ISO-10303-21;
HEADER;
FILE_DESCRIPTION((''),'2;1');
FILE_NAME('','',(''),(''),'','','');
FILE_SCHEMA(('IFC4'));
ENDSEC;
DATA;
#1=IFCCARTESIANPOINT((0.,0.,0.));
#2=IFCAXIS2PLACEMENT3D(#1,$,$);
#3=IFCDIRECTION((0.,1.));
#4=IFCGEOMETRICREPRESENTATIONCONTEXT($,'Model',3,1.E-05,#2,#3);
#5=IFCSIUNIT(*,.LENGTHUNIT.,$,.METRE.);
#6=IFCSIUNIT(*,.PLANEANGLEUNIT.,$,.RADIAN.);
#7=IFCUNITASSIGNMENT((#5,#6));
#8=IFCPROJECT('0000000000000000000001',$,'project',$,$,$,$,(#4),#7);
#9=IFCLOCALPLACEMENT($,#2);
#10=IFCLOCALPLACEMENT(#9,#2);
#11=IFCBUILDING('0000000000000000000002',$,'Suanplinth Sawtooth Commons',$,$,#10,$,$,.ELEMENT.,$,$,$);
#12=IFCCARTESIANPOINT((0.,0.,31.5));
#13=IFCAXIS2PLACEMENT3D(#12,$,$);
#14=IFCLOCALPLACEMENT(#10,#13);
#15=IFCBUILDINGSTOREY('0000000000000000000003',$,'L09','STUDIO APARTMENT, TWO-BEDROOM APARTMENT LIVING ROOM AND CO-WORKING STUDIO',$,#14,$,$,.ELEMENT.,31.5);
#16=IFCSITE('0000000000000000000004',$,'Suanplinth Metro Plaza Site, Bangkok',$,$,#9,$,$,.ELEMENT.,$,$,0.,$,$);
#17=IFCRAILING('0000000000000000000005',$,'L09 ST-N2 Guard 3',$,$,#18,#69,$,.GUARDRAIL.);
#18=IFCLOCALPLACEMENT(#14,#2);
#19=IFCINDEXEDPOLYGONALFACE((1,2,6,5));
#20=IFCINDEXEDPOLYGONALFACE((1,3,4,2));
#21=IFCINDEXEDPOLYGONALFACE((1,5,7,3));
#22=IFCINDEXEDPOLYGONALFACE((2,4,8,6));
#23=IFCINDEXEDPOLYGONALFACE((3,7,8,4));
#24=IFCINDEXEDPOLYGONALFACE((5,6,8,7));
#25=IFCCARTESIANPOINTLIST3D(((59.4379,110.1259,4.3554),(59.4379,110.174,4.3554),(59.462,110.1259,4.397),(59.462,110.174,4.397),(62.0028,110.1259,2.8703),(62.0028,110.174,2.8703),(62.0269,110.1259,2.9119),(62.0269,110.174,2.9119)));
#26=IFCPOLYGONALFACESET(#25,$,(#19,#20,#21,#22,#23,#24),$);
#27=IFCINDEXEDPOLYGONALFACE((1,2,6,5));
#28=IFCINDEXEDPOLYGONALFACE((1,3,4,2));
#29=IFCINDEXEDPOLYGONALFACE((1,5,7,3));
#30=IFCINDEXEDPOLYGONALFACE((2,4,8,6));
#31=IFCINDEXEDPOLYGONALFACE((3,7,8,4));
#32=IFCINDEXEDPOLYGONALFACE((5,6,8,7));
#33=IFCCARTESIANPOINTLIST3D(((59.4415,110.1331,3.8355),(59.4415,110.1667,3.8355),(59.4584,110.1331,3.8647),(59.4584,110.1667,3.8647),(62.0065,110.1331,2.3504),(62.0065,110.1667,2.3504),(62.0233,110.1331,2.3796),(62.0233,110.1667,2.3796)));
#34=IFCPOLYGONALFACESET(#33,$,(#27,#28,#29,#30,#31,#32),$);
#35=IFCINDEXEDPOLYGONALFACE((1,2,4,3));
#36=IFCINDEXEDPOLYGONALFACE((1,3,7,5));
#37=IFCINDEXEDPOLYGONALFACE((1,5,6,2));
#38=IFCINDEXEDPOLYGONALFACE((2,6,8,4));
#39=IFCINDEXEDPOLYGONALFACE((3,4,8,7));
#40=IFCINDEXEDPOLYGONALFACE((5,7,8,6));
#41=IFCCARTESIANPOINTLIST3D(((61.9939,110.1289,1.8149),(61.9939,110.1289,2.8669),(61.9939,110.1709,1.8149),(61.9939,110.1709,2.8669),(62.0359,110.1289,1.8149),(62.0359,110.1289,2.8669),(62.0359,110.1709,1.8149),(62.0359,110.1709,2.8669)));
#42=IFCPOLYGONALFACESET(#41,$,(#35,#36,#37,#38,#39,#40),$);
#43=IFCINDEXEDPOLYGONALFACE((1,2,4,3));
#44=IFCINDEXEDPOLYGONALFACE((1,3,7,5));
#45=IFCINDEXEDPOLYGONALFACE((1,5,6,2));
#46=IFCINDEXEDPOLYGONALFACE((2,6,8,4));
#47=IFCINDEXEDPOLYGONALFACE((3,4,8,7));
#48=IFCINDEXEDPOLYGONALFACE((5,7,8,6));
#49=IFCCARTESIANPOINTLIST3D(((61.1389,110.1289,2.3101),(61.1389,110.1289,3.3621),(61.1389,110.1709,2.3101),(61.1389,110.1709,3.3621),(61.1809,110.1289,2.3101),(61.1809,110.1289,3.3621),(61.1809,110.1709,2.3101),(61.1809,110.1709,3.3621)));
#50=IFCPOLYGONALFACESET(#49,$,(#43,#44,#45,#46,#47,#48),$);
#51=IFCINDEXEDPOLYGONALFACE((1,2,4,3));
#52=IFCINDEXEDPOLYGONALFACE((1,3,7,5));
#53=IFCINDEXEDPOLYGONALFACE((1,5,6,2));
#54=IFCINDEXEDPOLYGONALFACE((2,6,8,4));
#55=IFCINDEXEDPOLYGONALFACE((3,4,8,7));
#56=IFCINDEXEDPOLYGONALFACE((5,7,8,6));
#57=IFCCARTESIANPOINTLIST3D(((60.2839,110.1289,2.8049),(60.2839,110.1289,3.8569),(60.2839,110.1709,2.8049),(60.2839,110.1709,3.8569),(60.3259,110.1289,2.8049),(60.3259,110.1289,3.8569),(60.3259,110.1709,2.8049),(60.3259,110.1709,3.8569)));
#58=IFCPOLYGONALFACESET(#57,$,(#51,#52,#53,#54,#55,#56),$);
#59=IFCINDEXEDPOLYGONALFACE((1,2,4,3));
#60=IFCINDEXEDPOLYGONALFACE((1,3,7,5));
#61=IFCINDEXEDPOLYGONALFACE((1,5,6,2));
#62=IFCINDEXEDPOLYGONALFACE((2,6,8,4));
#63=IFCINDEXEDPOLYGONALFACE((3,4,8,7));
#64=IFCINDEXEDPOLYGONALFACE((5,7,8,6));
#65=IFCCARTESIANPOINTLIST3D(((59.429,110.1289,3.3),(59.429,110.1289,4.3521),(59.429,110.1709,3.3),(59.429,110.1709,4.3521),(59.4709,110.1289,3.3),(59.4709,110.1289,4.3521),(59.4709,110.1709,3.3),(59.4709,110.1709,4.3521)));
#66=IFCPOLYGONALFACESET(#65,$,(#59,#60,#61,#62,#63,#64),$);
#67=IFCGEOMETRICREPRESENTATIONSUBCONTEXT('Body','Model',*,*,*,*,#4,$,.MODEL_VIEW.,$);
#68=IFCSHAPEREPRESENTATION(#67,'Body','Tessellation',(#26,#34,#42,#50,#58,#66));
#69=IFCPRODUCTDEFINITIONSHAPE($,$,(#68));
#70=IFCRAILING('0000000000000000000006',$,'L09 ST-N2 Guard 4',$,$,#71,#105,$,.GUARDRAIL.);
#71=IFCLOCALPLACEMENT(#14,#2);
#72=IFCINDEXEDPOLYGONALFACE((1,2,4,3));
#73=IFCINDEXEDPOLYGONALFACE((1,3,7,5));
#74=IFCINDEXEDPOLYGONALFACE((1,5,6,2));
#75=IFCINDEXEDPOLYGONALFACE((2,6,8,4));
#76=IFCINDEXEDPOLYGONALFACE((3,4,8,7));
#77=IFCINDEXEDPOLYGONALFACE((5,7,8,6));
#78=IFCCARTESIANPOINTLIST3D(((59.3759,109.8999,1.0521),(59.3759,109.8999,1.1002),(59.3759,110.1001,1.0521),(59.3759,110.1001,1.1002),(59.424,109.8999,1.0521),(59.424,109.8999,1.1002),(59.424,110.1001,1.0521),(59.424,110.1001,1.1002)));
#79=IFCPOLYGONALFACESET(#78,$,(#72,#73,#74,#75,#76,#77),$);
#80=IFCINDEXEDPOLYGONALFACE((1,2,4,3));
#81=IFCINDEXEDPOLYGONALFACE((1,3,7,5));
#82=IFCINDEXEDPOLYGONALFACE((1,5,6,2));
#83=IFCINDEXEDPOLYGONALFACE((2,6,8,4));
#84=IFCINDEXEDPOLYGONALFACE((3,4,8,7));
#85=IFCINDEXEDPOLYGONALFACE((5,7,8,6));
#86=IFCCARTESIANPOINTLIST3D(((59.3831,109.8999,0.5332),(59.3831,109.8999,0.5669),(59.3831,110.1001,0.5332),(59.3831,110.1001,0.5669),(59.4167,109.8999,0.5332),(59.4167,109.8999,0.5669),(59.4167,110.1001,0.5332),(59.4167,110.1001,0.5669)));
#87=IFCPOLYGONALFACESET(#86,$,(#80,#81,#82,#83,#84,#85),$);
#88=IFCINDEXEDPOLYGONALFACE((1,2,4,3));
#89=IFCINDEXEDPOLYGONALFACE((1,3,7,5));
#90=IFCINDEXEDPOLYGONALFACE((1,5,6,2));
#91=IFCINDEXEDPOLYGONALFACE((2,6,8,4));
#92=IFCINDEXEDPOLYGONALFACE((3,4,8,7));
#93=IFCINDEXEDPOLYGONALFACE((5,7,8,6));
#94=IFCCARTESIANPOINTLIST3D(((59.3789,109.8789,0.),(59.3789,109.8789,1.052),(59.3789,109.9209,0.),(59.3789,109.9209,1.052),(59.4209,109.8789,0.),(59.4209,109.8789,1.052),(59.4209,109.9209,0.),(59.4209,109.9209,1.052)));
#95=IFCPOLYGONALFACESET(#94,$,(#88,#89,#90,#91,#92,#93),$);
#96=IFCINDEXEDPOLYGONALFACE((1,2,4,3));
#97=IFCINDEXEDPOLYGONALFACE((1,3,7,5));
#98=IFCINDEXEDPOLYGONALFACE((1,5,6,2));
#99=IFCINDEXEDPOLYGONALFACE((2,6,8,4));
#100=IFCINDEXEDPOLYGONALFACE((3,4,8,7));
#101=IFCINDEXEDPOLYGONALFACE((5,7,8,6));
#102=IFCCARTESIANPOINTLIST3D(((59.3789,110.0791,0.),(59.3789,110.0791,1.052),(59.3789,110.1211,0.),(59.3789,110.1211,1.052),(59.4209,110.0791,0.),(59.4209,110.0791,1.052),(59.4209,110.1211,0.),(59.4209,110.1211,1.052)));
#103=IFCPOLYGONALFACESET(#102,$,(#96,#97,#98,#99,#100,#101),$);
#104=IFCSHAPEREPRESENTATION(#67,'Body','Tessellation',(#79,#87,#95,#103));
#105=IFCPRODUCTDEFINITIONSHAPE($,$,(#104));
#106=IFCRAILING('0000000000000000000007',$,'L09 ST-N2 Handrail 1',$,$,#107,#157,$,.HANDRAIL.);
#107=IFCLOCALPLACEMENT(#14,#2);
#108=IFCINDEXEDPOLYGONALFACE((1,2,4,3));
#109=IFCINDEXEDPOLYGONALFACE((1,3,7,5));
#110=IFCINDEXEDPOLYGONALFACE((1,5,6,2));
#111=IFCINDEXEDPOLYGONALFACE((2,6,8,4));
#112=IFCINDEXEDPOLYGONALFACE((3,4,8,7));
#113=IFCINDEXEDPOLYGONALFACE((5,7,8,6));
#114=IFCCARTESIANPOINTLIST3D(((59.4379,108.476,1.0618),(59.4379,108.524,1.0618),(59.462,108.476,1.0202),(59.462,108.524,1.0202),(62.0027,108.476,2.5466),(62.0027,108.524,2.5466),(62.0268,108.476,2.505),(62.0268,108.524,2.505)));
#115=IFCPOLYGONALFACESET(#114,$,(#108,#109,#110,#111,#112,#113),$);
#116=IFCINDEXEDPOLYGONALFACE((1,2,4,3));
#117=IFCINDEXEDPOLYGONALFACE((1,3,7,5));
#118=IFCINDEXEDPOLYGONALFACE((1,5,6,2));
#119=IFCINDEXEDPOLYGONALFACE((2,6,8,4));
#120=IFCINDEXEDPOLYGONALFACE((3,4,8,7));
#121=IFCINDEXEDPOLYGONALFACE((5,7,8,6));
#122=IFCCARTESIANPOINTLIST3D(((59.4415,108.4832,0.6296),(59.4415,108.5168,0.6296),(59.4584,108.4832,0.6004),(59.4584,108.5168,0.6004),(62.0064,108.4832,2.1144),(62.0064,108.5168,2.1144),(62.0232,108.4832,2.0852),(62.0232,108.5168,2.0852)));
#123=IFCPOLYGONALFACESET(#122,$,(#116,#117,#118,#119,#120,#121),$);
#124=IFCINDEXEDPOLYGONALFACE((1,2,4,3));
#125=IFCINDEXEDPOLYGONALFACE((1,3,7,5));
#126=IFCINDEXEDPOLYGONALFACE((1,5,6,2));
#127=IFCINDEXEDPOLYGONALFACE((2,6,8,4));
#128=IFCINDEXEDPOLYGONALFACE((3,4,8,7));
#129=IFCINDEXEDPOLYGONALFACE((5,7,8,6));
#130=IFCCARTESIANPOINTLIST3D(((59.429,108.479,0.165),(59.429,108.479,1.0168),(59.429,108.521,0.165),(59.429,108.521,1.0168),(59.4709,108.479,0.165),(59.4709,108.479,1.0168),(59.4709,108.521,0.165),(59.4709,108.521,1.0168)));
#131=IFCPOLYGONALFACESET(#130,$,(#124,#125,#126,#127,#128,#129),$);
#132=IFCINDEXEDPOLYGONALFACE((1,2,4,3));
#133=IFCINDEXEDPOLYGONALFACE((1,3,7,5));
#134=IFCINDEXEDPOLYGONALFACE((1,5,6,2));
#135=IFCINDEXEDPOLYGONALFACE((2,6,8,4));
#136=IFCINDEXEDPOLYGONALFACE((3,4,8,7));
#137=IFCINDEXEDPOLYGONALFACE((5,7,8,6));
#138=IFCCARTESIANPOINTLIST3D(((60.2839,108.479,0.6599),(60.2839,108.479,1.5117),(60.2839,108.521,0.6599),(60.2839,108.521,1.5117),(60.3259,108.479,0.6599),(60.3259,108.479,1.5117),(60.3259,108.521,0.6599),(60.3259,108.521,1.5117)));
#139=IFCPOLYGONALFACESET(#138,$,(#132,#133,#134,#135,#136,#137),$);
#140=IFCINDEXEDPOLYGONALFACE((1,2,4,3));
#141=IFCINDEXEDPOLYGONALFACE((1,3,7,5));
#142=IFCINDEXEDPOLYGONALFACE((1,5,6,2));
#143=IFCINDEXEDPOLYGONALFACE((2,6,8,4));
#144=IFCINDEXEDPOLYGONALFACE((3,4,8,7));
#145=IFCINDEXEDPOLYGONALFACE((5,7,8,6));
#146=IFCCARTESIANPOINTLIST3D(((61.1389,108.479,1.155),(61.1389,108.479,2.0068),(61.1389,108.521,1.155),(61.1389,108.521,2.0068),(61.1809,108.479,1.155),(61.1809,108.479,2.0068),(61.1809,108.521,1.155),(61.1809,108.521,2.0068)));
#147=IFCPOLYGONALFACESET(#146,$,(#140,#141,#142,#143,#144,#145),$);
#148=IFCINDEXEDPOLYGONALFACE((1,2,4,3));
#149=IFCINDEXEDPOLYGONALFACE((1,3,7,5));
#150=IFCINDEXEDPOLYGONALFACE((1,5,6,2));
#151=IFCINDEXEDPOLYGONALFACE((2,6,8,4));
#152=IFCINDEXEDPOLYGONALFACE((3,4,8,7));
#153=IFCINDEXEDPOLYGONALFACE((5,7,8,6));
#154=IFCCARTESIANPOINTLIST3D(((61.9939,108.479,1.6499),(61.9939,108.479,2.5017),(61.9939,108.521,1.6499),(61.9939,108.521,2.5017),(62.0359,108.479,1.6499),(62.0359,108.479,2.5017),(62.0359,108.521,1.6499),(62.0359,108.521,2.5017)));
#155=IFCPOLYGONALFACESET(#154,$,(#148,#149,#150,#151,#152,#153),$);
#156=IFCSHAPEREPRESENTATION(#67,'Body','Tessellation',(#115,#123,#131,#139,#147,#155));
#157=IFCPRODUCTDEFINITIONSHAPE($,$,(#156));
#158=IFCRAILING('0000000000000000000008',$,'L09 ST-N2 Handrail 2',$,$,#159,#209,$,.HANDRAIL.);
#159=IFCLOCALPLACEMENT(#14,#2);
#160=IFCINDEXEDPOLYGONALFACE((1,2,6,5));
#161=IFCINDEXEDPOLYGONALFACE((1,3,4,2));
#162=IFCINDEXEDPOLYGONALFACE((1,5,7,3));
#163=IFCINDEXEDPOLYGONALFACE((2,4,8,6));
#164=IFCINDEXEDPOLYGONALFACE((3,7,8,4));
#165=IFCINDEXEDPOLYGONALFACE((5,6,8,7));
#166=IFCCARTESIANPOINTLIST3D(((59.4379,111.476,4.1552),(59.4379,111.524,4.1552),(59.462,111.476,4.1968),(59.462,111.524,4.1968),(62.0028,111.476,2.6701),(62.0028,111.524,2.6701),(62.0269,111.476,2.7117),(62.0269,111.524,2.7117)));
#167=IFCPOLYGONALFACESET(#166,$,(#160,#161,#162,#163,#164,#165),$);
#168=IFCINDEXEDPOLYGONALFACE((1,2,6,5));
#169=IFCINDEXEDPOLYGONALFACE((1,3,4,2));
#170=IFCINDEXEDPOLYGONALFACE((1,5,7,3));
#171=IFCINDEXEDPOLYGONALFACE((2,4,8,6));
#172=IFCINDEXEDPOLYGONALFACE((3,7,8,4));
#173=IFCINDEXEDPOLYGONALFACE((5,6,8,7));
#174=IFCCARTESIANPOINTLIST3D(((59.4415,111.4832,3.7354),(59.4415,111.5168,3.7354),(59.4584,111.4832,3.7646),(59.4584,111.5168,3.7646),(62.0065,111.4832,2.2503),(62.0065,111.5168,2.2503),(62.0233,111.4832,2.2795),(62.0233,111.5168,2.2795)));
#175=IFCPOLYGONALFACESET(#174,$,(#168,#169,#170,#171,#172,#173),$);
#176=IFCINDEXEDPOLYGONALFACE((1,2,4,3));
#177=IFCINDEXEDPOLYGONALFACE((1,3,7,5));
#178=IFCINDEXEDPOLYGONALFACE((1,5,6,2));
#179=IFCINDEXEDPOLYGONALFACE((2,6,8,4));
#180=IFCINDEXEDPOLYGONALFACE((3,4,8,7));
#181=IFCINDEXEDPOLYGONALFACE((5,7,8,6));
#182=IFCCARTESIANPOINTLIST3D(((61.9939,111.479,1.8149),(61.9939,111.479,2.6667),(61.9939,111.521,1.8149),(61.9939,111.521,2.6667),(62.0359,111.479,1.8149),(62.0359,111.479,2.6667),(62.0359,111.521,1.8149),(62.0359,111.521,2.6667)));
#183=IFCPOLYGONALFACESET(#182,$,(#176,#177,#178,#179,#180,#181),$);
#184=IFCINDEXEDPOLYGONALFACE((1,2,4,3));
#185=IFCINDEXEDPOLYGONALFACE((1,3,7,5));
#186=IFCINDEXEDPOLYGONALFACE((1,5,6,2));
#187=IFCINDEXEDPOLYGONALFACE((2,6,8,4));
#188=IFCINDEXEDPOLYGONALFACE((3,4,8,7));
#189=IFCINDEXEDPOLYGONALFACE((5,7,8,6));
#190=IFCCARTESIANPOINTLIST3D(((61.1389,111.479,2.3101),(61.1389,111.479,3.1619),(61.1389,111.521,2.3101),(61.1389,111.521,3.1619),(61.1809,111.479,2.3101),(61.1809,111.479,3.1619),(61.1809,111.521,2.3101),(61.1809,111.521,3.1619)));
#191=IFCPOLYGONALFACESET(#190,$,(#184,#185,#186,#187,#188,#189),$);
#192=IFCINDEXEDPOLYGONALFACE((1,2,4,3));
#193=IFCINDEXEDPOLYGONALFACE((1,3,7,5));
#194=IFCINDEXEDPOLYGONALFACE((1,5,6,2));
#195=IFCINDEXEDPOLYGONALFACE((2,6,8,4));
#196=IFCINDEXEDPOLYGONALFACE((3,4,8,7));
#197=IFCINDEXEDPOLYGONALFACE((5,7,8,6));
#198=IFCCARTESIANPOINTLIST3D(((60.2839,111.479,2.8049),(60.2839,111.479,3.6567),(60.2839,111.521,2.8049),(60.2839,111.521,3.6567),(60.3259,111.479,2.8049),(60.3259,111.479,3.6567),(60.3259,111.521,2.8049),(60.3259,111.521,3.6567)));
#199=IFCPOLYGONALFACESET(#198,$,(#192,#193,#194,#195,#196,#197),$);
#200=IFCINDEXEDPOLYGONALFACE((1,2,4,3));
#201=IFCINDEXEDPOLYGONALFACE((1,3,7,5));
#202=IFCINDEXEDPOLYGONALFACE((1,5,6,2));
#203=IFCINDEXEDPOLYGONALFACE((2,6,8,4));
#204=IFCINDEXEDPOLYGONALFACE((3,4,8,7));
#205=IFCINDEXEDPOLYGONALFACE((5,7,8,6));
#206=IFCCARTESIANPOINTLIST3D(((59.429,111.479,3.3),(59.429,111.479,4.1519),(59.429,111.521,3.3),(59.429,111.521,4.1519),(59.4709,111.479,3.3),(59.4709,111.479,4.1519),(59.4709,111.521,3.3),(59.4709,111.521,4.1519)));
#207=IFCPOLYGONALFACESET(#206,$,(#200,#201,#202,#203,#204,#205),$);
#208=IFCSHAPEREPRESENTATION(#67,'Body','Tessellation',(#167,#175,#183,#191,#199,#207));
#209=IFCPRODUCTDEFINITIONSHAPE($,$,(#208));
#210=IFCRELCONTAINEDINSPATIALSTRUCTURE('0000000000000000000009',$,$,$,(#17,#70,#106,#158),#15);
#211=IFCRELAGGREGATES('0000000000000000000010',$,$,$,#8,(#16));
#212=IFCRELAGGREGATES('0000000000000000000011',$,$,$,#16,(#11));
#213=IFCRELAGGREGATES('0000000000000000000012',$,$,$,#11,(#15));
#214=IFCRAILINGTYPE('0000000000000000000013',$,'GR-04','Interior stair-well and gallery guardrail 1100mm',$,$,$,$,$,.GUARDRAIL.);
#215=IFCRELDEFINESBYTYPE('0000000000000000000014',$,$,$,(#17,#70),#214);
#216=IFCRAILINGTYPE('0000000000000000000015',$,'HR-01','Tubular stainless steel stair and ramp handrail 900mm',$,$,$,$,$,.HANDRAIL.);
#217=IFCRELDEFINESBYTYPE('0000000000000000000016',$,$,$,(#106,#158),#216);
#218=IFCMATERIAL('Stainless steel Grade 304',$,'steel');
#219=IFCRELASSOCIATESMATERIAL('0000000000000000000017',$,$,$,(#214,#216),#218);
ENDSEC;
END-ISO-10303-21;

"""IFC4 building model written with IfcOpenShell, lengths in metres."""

from ifc_helpers import new_model, si_unit, direction, frame, origin, origin_2d, place, context, subcontext, project, spatial, rectangle, extrude, material, type_object, element, save


model = new_model("IFC4")

# Units and contexts
model_context = context("Model", 3, precision=1e-05, world=origin(), true_north=direction((0.0, 1.0)))
body_context = subcontext(model_context, "Body", "Model", "MODEL_VIEW")
ifc_project = project(units=[si_unit("LENGTHUNIT", "METRE"), si_unit("PLANEANGLEUNIT", "RADIAN")], contexts=[model_context])

# Site, building, storey
site_placement = place(None, origin())
site = spatial("IfcSite", under=ifc_project, at=site_placement, Name="Suanplinth Metro Plaza Site, Bangkok", CompositionType="ELEMENT", RefElevation=0.0)
building_placement = place(site_placement, origin())
building = spatial("IfcBuilding", under=site, at=building_placement, Name="Suanplinth Sawtooth Commons", CompositionType="ELEMENT")
storey_placement = place(building_placement, frame((0.0, 0.0, 31.5)))
storey = spatial("IfcBuildingStorey", under=building, at=storey_placement, Name="L09", Description="STUDIO APARTMENT, TWO-BEDROOM APARTMENT LIVING ROOM AND CO-WORKING STUDIO", CompositionType="ELEMENT", Elevation=31.5)

# Shared definitions
ifc_material_1 = material(Name="Stainless steel Grade 304", Category="steel")

# Railings
railing_type_1 = type_object("IfcRailingType", Name="GR-04", Description="Interior stair-well and gallery guardrail 1100mm", PredefinedType="GUARDRAIL", material=ifc_material_1)
railing_1_placement = place(storey_placement, frame((62.0149, 110.1499, 1.8149)))
element("IfcRailing", 1, at=railing_1_placement, inside=storey, type_object=railing_type_1, Name="L09 ST-N2 Guard 3", PredefinedType="GUARDRAIL", context=body_context, shape_type="SweptSolid", body=[
    extrude(rectangle(XDim=0.0481, YDim=0.0481, at=origin_2d()), frame((0.0, 0.0, 1.0762), z_axis=(-0.865406, 0.0, 0.501072), x_axis=(0.0, -1.0, 0.0)), (0.0, 0.0, 1.0), 2.9639),
    extrude(rectangle(XDim=0.0337, YDim=0.0337, at=origin_2d()), frame((0.0, 0.0, 0.55), z_axis=(-0.865406, 0.0, 0.501072), x_axis=(0.0, -1.0, 0.0)), (0.0, 0.0, 1.0), 2.9639),
    extrude(rectangle(XDim=0.042, YDim=0.042, at=origin_2d()), origin(), (0.0, 0.0, 1.0), 1.052),
    extrude(rectangle(XDim=0.042, YDim=0.042, at=origin_2d()), frame((-0.855, 0.0, 0.4951)), (0.0, 0.0, 1.0), 1.052),
    extrude(rectangle(XDim=0.042, YDim=0.042, at=origin_2d()), frame((-1.71, 0.0, 0.99)), (0.0, 0.0, 1.0), 1.052),
    extrude(rectangle(XDim=0.042, YDim=0.042, at=origin_2d()), frame((-2.5649, 0.0, 1.4851)), (0.0, 0.0, 1.0), 1.052),
])
railing_2_placement = place(storey_placement, frame((59.3999, 109.8999, 0.0)))
element("IfcRailing", 2, at=railing_2_placement, inside=storey, type_object=railing_type_1, Name="L09 ST-N2 Guard 4", PredefinedType="GUARDRAIL", context=body_context, shape_type="SweptSolid", body=[
    extrude(rectangle(XDim=0.0481, YDim=0.0481, at=origin_2d()), frame((0.0, 0.0, 1.0762), z_axis=(0.0, 1.0, 0.0), x_axis=(-1.0, 0.0, 0.0)), (0.0, 0.0, 1.0), 0.2002),
    extrude(rectangle(XDim=0.0337, YDim=0.0337, at=origin_2d()), frame((0.0, 0.0, 0.55), z_axis=(0.0, 1.0, 0.0), x_axis=(-1.0, 0.0, 0.0)), (0.0, 0.0, 1.0), 0.2002),
    extrude(rectangle(XDim=0.042, YDim=0.042, at=origin_2d()), origin(), (0.0, 0.0, 1.0), 1.052),
    extrude(rectangle(XDim=0.042, YDim=0.042, at=origin_2d()), frame((0.0, 0.2002, 0.0)), (0.0, 0.0, 1.0), 1.052),
])
railing_type_2 = type_object("IfcRailingType", Name="HR-01", Description="Tubular stainless steel stair and ramp handrail 900mm", PredefinedType="HANDRAIL", material=ifc_material_1)
railing_3_placement = place(storey_placement, frame((59.45, 108.5, 0.165)))
element("IfcRailing", 3, at=railing_3_placement, inside=storey, type_object=railing_type_2, Name="L09 ST-N2 Handrail 1", PredefinedType="HANDRAIL", context=body_context, shape_type="SweptSolid", body=[
    extrude(rectangle(XDim=0.0481, YDim=0.0481, at=origin_2d()), frame((0.0, 0.0, 0.876), z_axis=(0.865441, 0.0, 0.50101), x_axis=(0.0, 1.0, 0.0)), (0.0, 0.0, 1.0), 2.9636),
    extrude(rectangle(XDim=0.0337, YDim=0.0337, at=origin_2d()), frame((0.0, 0.0, 0.45), z_axis=(0.865441, 0.0, 0.50101), x_axis=(0.0, 1.0, 0.0)), (0.0, 0.0, 1.0), 2.9636),
    extrude(rectangle(XDim=0.042, YDim=0.042, at=origin_2d()), origin(), (0.0, 0.0, 1.0), 0.8518),
    extrude(rectangle(XDim=0.042, YDim=0.042, at=origin_2d()), frame((0.855, 0.0, 0.4949)), (0.0, 0.0, 1.0), 0.8518),
    extrude(rectangle(XDim=0.042, YDim=0.042, at=origin_2d()), frame((1.71, 0.0, 0.99)), (0.0, 0.0, 1.0), 0.8518),
    extrude(rectangle(XDim=0.042, YDim=0.042, at=origin_2d()), frame((2.5649, 0.0, 1.4849)), (0.0, 0.0, 1.0), 0.8518),
])
railing_4_placement = place(storey_placement, frame((62.0149, 111.5, 1.8149)))
element("IfcRailing", 4, at=railing_4_placement, inside=storey, type_object=railing_type_2, Name="L09 ST-N2 Handrail 2", PredefinedType="HANDRAIL", context=body_context, shape_type="SweptSolid", body=[
    extrude(rectangle(XDim=0.0481, YDim=0.0481, at=origin_2d()), frame((0.0, 0.0, 0.876), z_axis=(-0.865406, 0.0, 0.501072), x_axis=(0.0, -1.0, 0.0)), (0.0, 0.0, 1.0), 2.9639),
    extrude(rectangle(XDim=0.0337, YDim=0.0337, at=origin_2d()), frame((0.0, 0.0, 0.45), z_axis=(-0.865406, 0.0, 0.501072), x_axis=(0.0, -1.0, 0.0)), (0.0, 0.0, 1.0), 2.9639),
    extrude(rectangle(XDim=0.042, YDim=0.042, at=origin_2d()), origin(), (0.0, 0.0, 1.0), 0.8518),
    extrude(rectangle(XDim=0.042, YDim=0.042, at=origin_2d()), frame((-0.855, 0.0, 0.4951)), (0.0, 0.0, 1.0), 0.8518),
    extrude(rectangle(XDim=0.042, YDim=0.042, at=origin_2d()), frame((-1.71, 0.0, 0.99)), (0.0, 0.0, 1.0), 0.8518),
    extrude(rectangle(XDim=0.042, YDim=0.042, at=origin_2d()), frame((-2.5649, 0.0, 1.4851)), (0.0, 0.0, 1.0), 0.8518),
])

save(model, "model.ifc")
